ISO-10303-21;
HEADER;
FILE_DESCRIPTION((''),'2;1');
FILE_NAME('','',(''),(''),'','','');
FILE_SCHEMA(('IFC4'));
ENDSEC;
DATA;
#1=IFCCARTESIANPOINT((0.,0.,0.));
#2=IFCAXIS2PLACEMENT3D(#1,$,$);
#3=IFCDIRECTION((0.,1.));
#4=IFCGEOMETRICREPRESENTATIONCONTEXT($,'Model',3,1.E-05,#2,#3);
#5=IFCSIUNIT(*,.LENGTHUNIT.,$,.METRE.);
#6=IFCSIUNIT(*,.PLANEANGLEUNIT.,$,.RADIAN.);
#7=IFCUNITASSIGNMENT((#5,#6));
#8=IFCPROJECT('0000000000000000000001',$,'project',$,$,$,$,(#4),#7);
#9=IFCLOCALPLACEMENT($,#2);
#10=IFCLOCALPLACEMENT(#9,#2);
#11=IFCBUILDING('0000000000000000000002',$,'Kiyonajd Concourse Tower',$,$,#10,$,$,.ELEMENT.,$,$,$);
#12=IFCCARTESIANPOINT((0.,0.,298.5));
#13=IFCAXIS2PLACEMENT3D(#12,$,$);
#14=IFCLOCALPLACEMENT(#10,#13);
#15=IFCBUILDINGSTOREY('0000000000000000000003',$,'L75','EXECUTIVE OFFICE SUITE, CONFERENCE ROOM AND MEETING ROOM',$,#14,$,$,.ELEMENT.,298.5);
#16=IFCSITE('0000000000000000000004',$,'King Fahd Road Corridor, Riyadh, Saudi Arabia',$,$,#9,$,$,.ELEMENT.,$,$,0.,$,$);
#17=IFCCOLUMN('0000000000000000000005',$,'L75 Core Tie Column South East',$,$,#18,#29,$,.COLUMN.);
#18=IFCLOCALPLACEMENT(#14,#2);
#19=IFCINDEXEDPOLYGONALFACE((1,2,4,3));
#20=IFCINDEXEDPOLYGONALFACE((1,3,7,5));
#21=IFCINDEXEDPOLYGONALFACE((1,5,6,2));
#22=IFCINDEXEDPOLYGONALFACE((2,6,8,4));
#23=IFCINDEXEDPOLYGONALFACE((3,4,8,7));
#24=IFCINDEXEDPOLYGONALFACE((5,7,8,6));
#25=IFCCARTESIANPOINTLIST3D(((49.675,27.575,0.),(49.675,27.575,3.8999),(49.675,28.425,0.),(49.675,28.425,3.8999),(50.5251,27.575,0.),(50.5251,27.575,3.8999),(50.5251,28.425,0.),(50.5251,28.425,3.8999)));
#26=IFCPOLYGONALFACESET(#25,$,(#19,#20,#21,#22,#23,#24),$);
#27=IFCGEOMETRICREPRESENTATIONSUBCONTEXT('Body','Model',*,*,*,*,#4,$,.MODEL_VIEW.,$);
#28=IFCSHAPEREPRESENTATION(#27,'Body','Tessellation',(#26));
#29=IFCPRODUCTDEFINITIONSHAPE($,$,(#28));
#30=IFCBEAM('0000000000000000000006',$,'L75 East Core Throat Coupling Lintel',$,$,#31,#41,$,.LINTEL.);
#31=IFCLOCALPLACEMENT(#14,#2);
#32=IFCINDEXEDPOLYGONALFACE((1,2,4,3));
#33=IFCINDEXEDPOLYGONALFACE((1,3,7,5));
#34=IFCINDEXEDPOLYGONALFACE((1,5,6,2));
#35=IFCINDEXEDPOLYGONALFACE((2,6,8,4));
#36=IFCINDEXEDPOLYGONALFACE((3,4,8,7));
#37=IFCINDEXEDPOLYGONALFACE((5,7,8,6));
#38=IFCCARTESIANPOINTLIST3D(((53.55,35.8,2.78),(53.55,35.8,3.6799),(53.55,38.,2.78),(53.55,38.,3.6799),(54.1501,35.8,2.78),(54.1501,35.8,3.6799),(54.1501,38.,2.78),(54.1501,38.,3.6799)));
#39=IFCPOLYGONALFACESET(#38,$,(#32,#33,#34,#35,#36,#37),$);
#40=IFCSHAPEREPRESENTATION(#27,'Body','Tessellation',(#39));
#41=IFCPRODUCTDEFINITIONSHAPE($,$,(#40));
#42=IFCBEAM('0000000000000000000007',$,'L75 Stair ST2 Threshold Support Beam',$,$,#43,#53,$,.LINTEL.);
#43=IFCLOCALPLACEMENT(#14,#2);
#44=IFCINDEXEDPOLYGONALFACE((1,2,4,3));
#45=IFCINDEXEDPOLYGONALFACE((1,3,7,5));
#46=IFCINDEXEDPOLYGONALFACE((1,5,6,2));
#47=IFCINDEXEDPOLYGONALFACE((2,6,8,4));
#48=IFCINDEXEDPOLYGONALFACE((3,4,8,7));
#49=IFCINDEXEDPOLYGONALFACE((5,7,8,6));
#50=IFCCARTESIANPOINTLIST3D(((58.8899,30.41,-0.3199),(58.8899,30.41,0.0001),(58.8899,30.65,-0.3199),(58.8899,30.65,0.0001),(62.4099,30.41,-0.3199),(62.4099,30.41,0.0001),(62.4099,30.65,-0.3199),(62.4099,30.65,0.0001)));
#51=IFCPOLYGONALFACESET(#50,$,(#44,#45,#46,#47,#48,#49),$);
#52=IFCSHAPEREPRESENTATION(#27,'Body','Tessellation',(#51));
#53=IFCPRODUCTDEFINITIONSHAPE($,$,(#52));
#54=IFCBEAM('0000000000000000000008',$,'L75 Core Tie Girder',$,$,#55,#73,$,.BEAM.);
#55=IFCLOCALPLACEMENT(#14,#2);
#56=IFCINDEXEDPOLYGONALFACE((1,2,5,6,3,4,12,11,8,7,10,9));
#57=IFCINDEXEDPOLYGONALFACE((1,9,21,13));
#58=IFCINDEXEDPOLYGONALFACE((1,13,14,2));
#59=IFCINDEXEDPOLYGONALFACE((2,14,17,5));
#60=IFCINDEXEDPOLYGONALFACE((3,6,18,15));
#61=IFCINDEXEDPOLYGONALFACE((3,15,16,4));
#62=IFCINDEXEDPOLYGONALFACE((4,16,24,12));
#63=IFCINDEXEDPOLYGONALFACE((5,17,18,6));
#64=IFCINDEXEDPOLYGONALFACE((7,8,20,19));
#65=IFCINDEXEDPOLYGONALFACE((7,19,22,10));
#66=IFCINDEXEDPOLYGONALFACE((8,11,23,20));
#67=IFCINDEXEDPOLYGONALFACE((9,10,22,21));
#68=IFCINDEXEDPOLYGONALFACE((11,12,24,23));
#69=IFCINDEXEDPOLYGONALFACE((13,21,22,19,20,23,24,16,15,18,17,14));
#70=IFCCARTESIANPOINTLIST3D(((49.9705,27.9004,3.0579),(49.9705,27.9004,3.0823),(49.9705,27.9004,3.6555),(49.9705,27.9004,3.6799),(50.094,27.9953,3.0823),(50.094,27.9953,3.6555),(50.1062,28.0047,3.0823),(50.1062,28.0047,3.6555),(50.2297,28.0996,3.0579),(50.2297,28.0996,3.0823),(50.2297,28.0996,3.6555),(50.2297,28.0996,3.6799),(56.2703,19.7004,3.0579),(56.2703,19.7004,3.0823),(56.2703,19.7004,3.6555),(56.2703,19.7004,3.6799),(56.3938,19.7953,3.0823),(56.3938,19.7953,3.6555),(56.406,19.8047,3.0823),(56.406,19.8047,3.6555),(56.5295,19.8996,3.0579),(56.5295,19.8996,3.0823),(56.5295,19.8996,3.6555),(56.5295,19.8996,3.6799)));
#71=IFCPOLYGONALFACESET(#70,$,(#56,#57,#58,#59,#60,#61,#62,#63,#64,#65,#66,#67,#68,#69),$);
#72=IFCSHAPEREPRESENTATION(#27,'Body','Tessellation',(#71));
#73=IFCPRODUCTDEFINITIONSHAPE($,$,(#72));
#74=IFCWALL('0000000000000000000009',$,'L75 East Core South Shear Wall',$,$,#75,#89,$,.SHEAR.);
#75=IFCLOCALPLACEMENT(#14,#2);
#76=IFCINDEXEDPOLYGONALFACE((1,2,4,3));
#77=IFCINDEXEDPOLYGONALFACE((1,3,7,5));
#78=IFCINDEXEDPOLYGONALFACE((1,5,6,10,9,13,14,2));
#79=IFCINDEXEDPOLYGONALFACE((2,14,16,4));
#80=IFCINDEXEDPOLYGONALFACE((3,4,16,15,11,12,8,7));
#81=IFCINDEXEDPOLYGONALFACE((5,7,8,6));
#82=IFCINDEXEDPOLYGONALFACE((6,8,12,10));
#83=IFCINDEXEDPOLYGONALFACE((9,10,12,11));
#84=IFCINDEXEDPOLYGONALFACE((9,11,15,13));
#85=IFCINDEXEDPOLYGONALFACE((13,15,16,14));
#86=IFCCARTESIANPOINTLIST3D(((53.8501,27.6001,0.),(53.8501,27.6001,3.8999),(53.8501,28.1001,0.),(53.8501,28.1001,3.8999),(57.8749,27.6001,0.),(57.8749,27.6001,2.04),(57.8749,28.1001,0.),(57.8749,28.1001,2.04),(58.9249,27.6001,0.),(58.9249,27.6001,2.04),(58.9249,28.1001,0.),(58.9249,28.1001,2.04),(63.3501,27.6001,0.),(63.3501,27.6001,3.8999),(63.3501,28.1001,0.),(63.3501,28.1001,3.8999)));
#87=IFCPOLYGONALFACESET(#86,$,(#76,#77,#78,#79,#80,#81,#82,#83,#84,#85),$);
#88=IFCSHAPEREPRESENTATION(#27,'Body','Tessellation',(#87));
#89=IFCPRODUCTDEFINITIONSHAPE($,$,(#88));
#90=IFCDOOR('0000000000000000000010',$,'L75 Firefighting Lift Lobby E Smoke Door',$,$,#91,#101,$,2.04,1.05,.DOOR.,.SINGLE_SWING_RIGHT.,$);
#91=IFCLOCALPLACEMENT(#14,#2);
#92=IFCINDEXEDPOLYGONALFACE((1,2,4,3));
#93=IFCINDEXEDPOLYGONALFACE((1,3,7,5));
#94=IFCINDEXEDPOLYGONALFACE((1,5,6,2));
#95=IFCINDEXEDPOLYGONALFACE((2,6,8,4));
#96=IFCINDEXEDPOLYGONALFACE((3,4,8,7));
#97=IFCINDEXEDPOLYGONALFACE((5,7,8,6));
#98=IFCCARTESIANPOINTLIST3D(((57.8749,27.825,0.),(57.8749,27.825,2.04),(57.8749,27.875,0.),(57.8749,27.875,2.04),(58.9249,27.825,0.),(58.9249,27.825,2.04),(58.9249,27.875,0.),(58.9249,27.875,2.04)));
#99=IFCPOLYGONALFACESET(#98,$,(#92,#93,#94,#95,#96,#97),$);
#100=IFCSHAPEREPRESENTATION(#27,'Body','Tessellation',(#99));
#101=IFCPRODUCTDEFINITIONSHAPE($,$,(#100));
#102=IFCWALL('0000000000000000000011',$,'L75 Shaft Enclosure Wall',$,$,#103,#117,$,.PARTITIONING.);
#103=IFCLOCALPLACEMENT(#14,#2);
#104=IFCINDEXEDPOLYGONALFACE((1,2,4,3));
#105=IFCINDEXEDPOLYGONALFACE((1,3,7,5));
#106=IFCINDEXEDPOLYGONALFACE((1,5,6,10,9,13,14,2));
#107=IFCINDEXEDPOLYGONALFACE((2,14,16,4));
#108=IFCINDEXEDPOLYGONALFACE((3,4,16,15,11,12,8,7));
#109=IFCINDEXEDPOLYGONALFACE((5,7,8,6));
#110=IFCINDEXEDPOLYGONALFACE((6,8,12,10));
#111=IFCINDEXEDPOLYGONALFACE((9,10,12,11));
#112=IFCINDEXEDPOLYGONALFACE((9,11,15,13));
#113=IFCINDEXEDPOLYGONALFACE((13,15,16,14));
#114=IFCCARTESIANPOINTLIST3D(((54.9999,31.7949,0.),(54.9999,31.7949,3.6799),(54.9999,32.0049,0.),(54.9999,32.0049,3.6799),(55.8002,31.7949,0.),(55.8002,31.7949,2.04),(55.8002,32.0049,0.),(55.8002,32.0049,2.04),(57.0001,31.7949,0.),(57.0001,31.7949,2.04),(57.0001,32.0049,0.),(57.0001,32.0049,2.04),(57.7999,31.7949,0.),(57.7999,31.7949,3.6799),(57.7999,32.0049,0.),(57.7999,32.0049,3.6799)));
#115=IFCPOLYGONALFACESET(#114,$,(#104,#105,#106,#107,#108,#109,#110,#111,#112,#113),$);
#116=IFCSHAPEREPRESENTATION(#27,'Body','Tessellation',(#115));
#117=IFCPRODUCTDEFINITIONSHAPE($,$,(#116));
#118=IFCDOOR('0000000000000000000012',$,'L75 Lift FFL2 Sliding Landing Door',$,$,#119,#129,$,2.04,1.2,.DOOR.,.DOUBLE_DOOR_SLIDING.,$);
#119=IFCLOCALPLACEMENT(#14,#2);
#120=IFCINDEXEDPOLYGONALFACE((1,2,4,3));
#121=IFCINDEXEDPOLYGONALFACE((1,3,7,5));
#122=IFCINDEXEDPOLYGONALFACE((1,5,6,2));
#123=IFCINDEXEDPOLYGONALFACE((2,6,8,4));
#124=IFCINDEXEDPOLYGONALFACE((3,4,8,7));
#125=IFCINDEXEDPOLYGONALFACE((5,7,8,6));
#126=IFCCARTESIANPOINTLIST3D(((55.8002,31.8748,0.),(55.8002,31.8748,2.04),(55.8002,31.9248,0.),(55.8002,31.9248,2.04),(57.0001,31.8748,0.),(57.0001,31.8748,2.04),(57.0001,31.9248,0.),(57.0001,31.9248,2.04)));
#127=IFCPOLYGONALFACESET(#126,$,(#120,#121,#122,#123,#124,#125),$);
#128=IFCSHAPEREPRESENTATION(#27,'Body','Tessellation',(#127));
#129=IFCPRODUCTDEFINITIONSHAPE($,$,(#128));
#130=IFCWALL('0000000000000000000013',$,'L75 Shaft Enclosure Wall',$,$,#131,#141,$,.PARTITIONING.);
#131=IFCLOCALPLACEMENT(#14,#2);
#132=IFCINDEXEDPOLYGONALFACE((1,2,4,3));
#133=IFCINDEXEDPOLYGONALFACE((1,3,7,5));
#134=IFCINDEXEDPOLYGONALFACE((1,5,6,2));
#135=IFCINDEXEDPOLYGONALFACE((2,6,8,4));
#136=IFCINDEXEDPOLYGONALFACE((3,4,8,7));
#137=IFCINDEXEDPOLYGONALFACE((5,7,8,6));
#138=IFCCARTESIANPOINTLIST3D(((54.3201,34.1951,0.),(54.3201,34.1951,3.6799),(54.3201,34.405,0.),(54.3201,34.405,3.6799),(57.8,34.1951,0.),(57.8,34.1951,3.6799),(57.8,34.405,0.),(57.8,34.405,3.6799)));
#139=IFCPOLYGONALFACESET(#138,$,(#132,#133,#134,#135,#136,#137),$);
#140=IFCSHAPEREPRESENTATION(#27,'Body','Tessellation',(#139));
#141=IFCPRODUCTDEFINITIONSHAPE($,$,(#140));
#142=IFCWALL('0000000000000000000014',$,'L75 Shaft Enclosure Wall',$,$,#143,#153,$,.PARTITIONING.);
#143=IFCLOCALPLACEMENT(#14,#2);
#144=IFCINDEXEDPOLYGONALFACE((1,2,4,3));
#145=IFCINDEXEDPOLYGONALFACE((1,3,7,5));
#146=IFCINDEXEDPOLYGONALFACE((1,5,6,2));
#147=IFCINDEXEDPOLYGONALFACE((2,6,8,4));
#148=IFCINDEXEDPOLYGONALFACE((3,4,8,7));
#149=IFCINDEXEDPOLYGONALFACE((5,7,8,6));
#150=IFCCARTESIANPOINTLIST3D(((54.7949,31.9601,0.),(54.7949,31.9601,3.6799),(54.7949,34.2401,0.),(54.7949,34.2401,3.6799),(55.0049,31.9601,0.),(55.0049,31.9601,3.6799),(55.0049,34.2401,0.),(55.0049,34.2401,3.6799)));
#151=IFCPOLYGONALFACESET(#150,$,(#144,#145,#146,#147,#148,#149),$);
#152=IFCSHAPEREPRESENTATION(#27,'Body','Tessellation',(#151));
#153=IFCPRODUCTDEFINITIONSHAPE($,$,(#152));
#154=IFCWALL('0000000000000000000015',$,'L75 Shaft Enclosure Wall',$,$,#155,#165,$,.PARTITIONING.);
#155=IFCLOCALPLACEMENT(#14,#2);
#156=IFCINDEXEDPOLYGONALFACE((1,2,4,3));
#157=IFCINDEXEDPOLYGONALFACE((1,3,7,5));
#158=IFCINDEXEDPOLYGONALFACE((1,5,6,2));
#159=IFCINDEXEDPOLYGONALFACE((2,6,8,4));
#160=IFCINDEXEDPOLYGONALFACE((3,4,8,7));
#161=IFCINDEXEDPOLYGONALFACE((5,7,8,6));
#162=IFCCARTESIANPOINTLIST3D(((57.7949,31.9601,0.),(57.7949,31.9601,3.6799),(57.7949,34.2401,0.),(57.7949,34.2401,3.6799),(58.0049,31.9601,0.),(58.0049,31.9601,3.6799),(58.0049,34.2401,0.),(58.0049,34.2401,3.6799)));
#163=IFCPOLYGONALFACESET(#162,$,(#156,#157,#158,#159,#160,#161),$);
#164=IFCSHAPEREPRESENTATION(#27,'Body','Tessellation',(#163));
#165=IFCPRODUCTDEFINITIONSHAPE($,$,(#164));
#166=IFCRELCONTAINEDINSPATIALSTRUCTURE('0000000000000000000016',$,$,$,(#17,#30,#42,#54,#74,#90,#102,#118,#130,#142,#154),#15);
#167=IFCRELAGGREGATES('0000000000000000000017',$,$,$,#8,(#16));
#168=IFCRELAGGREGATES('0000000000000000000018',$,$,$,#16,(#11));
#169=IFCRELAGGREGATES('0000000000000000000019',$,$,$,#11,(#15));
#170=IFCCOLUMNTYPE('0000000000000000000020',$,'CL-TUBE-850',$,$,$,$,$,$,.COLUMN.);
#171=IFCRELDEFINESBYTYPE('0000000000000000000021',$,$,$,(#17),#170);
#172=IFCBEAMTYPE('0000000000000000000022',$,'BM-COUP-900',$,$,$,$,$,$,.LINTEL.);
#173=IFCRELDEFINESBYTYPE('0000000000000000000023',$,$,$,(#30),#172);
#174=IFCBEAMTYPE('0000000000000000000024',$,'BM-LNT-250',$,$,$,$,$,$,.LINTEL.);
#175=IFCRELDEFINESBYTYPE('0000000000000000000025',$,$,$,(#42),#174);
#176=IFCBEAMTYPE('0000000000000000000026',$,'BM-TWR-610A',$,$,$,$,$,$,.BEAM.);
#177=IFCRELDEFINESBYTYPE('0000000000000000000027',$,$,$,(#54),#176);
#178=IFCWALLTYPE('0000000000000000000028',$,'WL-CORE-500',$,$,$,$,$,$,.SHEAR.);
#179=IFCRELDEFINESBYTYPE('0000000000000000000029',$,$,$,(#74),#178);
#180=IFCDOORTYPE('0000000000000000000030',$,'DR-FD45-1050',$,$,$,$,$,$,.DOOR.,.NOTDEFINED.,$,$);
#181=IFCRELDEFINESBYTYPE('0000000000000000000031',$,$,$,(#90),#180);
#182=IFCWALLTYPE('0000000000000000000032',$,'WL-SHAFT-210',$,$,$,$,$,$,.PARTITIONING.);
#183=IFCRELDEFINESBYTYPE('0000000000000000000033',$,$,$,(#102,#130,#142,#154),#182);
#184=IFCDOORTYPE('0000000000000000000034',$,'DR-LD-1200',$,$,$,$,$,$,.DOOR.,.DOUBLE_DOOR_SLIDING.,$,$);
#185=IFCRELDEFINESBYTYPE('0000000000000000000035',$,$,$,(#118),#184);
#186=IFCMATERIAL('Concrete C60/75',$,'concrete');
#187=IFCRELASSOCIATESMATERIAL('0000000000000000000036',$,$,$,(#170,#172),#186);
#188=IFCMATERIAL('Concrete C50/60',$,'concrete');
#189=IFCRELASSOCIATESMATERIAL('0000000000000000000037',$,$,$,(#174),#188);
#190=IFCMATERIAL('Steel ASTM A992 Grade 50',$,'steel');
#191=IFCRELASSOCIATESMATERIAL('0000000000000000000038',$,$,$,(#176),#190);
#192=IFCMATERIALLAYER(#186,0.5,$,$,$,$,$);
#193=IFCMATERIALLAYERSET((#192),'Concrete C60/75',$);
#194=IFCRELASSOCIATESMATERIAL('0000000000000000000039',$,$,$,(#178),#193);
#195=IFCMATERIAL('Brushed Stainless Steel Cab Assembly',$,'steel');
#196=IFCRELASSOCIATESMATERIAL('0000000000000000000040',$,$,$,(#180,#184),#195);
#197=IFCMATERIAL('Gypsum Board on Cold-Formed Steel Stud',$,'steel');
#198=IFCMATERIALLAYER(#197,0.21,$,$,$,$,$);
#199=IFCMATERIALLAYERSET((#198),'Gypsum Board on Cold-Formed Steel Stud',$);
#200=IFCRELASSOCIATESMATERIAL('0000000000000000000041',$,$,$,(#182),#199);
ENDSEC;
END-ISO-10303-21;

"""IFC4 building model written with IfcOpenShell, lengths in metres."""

from ifc_helpers import new_model, si_unit, direction, frame, frame_2d, origin, origin_2d, place, context, subcontext, project, spatial, rectangle, i_section, extrude, material, layer, layer_set, material_profile, profile_set, type_object, element, fill, save


model = new_model("IFC4")

# Units and contexts
model_context = context("Model", 3, precision=1e-05, world=origin(), true_north=direction((0.0, 1.0)))
body_context = subcontext(model_context, "Body", "Model", "MODEL_VIEW")
ifc_project = project(units=[si_unit("LENGTHUNIT", "METRE"), si_unit("PLANEANGLEUNIT", "RADIAN")], contexts=[model_context])

# Site, building, storey
site_placement = place(None, origin())
site = spatial("IfcSite", under=ifc_project, at=site_placement, Name="King Fahd Road Corridor, Riyadh, Saudi Arabia", CompositionType="ELEMENT", RefElevation=0.0)
building_placement = place(site_placement, origin())
building = spatial("IfcBuilding", under=site, at=building_placement, Name="Kiyonajd Concourse Tower", CompositionType="ELEMENT")
storey_placement = place(building_placement, frame((0.0, 0.0, 298.5)))
storey = spatial("IfcBuildingStorey", under=building, at=storey_placement, Name="L75", Description="EXECUTIVE OFFICE SUITE, CONFERENCE ROOM AND MEETING ROOM", CompositionType="ELEMENT", Elevation=298.5)

# Column
ifc_material_1 = material(Name="Concrete C60/75", Category="concrete")
ifc_material_profile_1 = material_profile(ifc_material_1, rectangle(XDim=0.8501, YDim=0.8501, at=origin_2d()), Name="RC-850x850")
ifc_profile_set_1 = profile_set([ifc_material_profile_1], Name="Concrete C60/75")
column_type = type_object("IfcColumnType", Name="CL-TUBE-850", PredefinedType="COLUMN", material=ifc_profile_set_1)
column_placement = place(storey_placement, frame((50.1001, 28.0, 0.0), z_axis=(0.0, 0.0, 1.0), x_axis=(1.0, 0.0, 0.0)))
element("IfcColumn", 1, at=column_placement, inside=storey, type_object=column_type, Name="L75 Core Tie Column South East", PredefinedType="COLUMN", context=body_context, shape_type="SweptSolid", body=[
    extrude(rectangle(XDim=0.8501, YDim=0.8501, at=origin_2d()), origin(), (0.0, 0.0, 1.0), 3.8999),
])

# Beams
ifc_material_profile_2 = material_profile(ifc_material_1, rectangle(XDim=0.6001, YDim=0.8999, at=origin_2d()), Name="RCBM-600x900")
ifc_profile_set_2 = profile_set([ifc_material_profile_2], Name="Concrete C60/75")
beam_type_1 = type_object("IfcBeamType", Name="BM-COUP-900", PredefinedType="LINTEL", material=ifc_profile_set_2)
beam_1_placement = place(storey_placement, frame((53.8501, 35.8, 3.23), z_axis=(0.0, 1.0, 0.0), x_axis=(-1.0, 0.0, 0.0)))
element("IfcBeam", 2, at=beam_1_placement, inside=storey, type_object=beam_type_1, Name="L75 East Core Throat Coupling Lintel", PredefinedType="LINTEL", context=body_context, shape_type="SweptSolid", body=[
    extrude(rectangle(XDim=0.6001, YDim=0.8999, at=origin_2d()), origin(), (0.0, 0.0, 1.0), 2.2),
])
ifc_material_2 = material(Name="Concrete C50/60", Category="concrete")
ifc_material_profile_3 = material_profile(ifc_material_2, rectangle(XDim=0.24, YDim=0.3201, at=origin_2d()), Name="RCBM-240x320")
ifc_profile_set_3 = profile_set([ifc_material_profile_3], Name="Concrete C50/60")
beam_type_2 = type_object("IfcBeamType", Name="BM-LNT-250", PredefinedType="LINTEL", material=ifc_profile_set_3)
beam_2_placement = place(storey_placement, frame((58.8899, 30.53, -0.1599), z_axis=(1.0, 0.0, 0.0), x_axis=(0.0, 1.0, 0.0)))
element("IfcBeam", 3, at=beam_2_placement, inside=storey, type_object=beam_type_2, Name="L75 Stair ST2 Threshold Support Beam", PredefinedType="LINTEL", context=body_context, shape_type="SweptSolid", body=[
    extrude(rectangle(XDim=0.24, YDim=0.3201, at=origin_2d()), origin(), (0.0, 0.0, 1.0), 3.52),
])
ifc_material_3 = material(Name="Steel ASTM A992 Grade 50", Category="steel")
ifc_material_profile_4 = material_profile(ifc_material_3, i_section(OverallWidth=0.3269, OverallDepth=0.6221, WebThickness=0.0154, FlangeThickness=0.0244, at=origin_2d()), Name="W610X195")
ifc_profile_set_4 = profile_set([ifc_material_profile_4], Name="Steel ASTM A992 Grade 50")
beam_type_3 = type_object("IfcBeamType", Name="BM-TWR-610A", PredefinedType="BEAM", material=ifc_profile_set_4)
beam_3_placement = place(storey_placement, frame((50.1001, 28.0, 3.3689), z_axis=(0.609234, -0.792991, 0.0), x_axis=(0.792991, 0.609234, 0.0)))
element("IfcBeam", 4, at=beam_3_placement, inside=storey, type_object=beam_type_3, Name="L75 Core Tie Girder", PredefinedType="BEAM", context=body_context, shape_type="SweptSolid", body=[
    extrude(i_section(OverallWidth=0.3269, OverallDepth=0.6221, WebThickness=0.0154, FlangeThickness=0.0244, at=origin_2d()), origin(), (0.0, 0.0, 1.0), 10.3406),
])

# Walls, openings, doors
ifc_layer_1 = layer(ifc_material_1, 0.5)
ifc_layer_set_1 = layer_set([ifc_layer_1], Name="Concrete C60/75")
wall_type_1 = type_object("IfcWallType", Name="WL-CORE-500", PredefinedType="SHEAR", material=ifc_layer_set_1)
wall_1_placement = place(storey_placement, frame((53.8501, 27.8501, 0.0), z_axis=(0.0, 0.0, 1.0), x_axis=(1.0, 0.0, 0.0)))
wall_1 = element("IfcWall", 5, at=wall_1_placement, inside=storey, type_object=wall_type_1, Name="L75 East Core South Shear Wall", PredefinedType="SHEAR", context=body_context, shape_type="SweptSolid", body=[
    extrude(rectangle(XDim=9.5, YDim=0.5, at=frame_2d((4.75, 0.0))), origin(), (0.0, 0.0, 1.0), 3.8999),
])
opening_1_placement = place(wall_1_placement, frame((4.0249, 0.0, 0.0)))
opening_1 = element("IfcOpeningElement", 6, at=opening_1_placement, cuts=wall_1, PredefinedType="OPENING", context=body_context, shape_type="SweptSolid", body=[
    extrude(rectangle(XDim=1.05, YDim=2.04, at=frame_2d((0.5249, 1.02))), frame((0.0, 0.26, 0.0), z_axis=(0.0, -1.0, 0.0), x_axis=(1.0, 0.0, 0.0)), (0.0, 0.0, 1.0), 0.52),
])
ifc_material_4 = material(Name="Brushed Stainless Steel Cab Assembly", Category="steel")
door_type_1 = type_object("IfcDoorType", Name="DR-FD45-1050", OperationType="NOTDEFINED", PredefinedType="DOOR", material=ifc_material_4)
door_1_placement = place(opening_1_placement, origin())
door_1 = element("IfcDoor", 7, at=door_1_placement, inside=storey, type_object=door_type_1, Name="L75 Firefighting Lift Lobby E Smoke Door", OperationType="SINGLE_SWING_RIGHT", OverallHeight=2.04, OverallWidth=1.05, PredefinedType="DOOR", context=body_context, shape_type="SweptSolid", body=[
    extrude(rectangle(XDim=1.05, YDim=2.04, at=frame_2d((0.5249, 1.02))), frame((0.0, 0.0249, 0.0), z_axis=(0.0, -1.0, 0.0), x_axis=(1.0, 0.0, 0.0)), (0.0, 0.0, 1.0), 0.05),
])
fill(opening_1, door_1)
ifc_material_5 = material(Name="Gypsum Board on Cold-Formed Steel Stud", Category="steel")
ifc_layer_2 = layer(ifc_material_5, 0.21)
ifc_layer_set_2 = layer_set([ifc_layer_2], Name="Gypsum Board on Cold-Formed Steel Stud")
wall_type_2 = type_object("IfcWallType", Name="WL-SHAFT-210", PredefinedType="PARTITIONING", material=ifc_layer_set_2)
wall_2_placement = place(storey_placement, frame((55.0, 31.8999, 0.0), z_axis=(0.0, 0.0, 1.0), x_axis=(1.0, 0.0, 0.0)))
wall_2 = element("IfcWall", 8, at=wall_2_placement, inside=storey, type_object=wall_type_2, Name="L75 Shaft Enclosure Wall", PredefinedType="PARTITIONING", context=body_context, shape_type="SweptSolid", body=[
    extrude(rectangle(XDim=2.8, YDim=0.21, at=frame_2d((1.3999, 0.0))), origin(), (0.0, 0.0, 1.0), 3.6799),
])
opening_2_placement = place(wall_2_placement, frame((0.8, 0.0, 0.0)))
opening_2 = element("IfcOpeningElement", 9, at=opening_2_placement, cuts=wall_2, PredefinedType="OPENING", context=body_context, shape_type="SweptSolid", body=[
    extrude(rectangle(XDim=1.2, YDim=2.04, at=frame_2d((0.6001, 1.02))), frame((0.0, 0.115, 0.0), z_axis=(0.0, -1.0, 0.0), x_axis=(1.0, 0.0, 0.0)), (0.0, 0.0, 1.0), 0.23),
])
door_type_2 = type_object("IfcDoorType", Name="DR-LD-1200", OperationType="DOUBLE_DOOR_SLIDING", PredefinedType="DOOR", material=ifc_material_4)
door_2_placement = place(opening_2_placement, origin())
door_2 = element("IfcDoor", 10, at=door_2_placement, inside=storey, type_object=door_type_2, Name="L75 Lift FFL2 Sliding Landing Door", OperationType="DOUBLE_DOOR_SLIDING", OverallHeight=2.04, OverallWidth=1.2, PredefinedType="DOOR", context=body_context, shape_type="SweptSolid", body=[
    extrude(rectangle(XDim=1.2, YDim=2.04, at=frame_2d((0.6001, 1.02))), frame((0.0, 0.0249, 0.0), z_axis=(0.0, -1.0, 0.0), x_axis=(1.0, 0.0, 0.0)), (0.0, 0.0, 1.0), 0.05),
])
fill(opening_2, door_2)

# Walls
wall_3_placement = place(storey_placement, frame((54.3201, 34.3, 0.0), z_axis=(0.0, 0.0, 1.0), x_axis=(1.0, 0.0, 0.0)))
element("IfcWall", 11, at=wall_3_placement, inside=storey, type_object=wall_type_2, Name="L75 Shaft Enclosure Wall", PredefinedType="PARTITIONING", context=body_context, shape_type="SweptSolid", body=[
    extrude(rectangle(XDim=3.48, YDim=0.21, at=frame_2d((1.74, 0.0))), origin(), (0.0, 0.0, 1.0), 3.6799),
])
for number, where, z_axis, x_axis, name in (
    (12, (54.8999, 31.96, 0.0), (0.0, 0.0, 1.0), (0.0, 1.0, 0.0), "L75 Shaft Enclosure Wall"),
    (13, (57.8999, 31.96, 0.0), (0.0, 0.0, 1.0), (0.0, 1.0, 0.0), "L75 Shaft Enclosure Wall"),
):
    element("IfcWall", number, at=place(storey_placement, frame(where, z_axis=z_axis, x_axis=x_axis)), inside=storey, type_object=wall_type_2, Name=name, PredefinedType="PARTITIONING", context=body_context, shape_type="SweptSolid", body=[
        extrude(rectangle(XDim=2.28, YDim=0.21, at=frame_2d((1.1401, 0.0))), origin(), (0.0, 0.0, 1.0), 3.6799),
    ])

save(model, "model.ifc")
